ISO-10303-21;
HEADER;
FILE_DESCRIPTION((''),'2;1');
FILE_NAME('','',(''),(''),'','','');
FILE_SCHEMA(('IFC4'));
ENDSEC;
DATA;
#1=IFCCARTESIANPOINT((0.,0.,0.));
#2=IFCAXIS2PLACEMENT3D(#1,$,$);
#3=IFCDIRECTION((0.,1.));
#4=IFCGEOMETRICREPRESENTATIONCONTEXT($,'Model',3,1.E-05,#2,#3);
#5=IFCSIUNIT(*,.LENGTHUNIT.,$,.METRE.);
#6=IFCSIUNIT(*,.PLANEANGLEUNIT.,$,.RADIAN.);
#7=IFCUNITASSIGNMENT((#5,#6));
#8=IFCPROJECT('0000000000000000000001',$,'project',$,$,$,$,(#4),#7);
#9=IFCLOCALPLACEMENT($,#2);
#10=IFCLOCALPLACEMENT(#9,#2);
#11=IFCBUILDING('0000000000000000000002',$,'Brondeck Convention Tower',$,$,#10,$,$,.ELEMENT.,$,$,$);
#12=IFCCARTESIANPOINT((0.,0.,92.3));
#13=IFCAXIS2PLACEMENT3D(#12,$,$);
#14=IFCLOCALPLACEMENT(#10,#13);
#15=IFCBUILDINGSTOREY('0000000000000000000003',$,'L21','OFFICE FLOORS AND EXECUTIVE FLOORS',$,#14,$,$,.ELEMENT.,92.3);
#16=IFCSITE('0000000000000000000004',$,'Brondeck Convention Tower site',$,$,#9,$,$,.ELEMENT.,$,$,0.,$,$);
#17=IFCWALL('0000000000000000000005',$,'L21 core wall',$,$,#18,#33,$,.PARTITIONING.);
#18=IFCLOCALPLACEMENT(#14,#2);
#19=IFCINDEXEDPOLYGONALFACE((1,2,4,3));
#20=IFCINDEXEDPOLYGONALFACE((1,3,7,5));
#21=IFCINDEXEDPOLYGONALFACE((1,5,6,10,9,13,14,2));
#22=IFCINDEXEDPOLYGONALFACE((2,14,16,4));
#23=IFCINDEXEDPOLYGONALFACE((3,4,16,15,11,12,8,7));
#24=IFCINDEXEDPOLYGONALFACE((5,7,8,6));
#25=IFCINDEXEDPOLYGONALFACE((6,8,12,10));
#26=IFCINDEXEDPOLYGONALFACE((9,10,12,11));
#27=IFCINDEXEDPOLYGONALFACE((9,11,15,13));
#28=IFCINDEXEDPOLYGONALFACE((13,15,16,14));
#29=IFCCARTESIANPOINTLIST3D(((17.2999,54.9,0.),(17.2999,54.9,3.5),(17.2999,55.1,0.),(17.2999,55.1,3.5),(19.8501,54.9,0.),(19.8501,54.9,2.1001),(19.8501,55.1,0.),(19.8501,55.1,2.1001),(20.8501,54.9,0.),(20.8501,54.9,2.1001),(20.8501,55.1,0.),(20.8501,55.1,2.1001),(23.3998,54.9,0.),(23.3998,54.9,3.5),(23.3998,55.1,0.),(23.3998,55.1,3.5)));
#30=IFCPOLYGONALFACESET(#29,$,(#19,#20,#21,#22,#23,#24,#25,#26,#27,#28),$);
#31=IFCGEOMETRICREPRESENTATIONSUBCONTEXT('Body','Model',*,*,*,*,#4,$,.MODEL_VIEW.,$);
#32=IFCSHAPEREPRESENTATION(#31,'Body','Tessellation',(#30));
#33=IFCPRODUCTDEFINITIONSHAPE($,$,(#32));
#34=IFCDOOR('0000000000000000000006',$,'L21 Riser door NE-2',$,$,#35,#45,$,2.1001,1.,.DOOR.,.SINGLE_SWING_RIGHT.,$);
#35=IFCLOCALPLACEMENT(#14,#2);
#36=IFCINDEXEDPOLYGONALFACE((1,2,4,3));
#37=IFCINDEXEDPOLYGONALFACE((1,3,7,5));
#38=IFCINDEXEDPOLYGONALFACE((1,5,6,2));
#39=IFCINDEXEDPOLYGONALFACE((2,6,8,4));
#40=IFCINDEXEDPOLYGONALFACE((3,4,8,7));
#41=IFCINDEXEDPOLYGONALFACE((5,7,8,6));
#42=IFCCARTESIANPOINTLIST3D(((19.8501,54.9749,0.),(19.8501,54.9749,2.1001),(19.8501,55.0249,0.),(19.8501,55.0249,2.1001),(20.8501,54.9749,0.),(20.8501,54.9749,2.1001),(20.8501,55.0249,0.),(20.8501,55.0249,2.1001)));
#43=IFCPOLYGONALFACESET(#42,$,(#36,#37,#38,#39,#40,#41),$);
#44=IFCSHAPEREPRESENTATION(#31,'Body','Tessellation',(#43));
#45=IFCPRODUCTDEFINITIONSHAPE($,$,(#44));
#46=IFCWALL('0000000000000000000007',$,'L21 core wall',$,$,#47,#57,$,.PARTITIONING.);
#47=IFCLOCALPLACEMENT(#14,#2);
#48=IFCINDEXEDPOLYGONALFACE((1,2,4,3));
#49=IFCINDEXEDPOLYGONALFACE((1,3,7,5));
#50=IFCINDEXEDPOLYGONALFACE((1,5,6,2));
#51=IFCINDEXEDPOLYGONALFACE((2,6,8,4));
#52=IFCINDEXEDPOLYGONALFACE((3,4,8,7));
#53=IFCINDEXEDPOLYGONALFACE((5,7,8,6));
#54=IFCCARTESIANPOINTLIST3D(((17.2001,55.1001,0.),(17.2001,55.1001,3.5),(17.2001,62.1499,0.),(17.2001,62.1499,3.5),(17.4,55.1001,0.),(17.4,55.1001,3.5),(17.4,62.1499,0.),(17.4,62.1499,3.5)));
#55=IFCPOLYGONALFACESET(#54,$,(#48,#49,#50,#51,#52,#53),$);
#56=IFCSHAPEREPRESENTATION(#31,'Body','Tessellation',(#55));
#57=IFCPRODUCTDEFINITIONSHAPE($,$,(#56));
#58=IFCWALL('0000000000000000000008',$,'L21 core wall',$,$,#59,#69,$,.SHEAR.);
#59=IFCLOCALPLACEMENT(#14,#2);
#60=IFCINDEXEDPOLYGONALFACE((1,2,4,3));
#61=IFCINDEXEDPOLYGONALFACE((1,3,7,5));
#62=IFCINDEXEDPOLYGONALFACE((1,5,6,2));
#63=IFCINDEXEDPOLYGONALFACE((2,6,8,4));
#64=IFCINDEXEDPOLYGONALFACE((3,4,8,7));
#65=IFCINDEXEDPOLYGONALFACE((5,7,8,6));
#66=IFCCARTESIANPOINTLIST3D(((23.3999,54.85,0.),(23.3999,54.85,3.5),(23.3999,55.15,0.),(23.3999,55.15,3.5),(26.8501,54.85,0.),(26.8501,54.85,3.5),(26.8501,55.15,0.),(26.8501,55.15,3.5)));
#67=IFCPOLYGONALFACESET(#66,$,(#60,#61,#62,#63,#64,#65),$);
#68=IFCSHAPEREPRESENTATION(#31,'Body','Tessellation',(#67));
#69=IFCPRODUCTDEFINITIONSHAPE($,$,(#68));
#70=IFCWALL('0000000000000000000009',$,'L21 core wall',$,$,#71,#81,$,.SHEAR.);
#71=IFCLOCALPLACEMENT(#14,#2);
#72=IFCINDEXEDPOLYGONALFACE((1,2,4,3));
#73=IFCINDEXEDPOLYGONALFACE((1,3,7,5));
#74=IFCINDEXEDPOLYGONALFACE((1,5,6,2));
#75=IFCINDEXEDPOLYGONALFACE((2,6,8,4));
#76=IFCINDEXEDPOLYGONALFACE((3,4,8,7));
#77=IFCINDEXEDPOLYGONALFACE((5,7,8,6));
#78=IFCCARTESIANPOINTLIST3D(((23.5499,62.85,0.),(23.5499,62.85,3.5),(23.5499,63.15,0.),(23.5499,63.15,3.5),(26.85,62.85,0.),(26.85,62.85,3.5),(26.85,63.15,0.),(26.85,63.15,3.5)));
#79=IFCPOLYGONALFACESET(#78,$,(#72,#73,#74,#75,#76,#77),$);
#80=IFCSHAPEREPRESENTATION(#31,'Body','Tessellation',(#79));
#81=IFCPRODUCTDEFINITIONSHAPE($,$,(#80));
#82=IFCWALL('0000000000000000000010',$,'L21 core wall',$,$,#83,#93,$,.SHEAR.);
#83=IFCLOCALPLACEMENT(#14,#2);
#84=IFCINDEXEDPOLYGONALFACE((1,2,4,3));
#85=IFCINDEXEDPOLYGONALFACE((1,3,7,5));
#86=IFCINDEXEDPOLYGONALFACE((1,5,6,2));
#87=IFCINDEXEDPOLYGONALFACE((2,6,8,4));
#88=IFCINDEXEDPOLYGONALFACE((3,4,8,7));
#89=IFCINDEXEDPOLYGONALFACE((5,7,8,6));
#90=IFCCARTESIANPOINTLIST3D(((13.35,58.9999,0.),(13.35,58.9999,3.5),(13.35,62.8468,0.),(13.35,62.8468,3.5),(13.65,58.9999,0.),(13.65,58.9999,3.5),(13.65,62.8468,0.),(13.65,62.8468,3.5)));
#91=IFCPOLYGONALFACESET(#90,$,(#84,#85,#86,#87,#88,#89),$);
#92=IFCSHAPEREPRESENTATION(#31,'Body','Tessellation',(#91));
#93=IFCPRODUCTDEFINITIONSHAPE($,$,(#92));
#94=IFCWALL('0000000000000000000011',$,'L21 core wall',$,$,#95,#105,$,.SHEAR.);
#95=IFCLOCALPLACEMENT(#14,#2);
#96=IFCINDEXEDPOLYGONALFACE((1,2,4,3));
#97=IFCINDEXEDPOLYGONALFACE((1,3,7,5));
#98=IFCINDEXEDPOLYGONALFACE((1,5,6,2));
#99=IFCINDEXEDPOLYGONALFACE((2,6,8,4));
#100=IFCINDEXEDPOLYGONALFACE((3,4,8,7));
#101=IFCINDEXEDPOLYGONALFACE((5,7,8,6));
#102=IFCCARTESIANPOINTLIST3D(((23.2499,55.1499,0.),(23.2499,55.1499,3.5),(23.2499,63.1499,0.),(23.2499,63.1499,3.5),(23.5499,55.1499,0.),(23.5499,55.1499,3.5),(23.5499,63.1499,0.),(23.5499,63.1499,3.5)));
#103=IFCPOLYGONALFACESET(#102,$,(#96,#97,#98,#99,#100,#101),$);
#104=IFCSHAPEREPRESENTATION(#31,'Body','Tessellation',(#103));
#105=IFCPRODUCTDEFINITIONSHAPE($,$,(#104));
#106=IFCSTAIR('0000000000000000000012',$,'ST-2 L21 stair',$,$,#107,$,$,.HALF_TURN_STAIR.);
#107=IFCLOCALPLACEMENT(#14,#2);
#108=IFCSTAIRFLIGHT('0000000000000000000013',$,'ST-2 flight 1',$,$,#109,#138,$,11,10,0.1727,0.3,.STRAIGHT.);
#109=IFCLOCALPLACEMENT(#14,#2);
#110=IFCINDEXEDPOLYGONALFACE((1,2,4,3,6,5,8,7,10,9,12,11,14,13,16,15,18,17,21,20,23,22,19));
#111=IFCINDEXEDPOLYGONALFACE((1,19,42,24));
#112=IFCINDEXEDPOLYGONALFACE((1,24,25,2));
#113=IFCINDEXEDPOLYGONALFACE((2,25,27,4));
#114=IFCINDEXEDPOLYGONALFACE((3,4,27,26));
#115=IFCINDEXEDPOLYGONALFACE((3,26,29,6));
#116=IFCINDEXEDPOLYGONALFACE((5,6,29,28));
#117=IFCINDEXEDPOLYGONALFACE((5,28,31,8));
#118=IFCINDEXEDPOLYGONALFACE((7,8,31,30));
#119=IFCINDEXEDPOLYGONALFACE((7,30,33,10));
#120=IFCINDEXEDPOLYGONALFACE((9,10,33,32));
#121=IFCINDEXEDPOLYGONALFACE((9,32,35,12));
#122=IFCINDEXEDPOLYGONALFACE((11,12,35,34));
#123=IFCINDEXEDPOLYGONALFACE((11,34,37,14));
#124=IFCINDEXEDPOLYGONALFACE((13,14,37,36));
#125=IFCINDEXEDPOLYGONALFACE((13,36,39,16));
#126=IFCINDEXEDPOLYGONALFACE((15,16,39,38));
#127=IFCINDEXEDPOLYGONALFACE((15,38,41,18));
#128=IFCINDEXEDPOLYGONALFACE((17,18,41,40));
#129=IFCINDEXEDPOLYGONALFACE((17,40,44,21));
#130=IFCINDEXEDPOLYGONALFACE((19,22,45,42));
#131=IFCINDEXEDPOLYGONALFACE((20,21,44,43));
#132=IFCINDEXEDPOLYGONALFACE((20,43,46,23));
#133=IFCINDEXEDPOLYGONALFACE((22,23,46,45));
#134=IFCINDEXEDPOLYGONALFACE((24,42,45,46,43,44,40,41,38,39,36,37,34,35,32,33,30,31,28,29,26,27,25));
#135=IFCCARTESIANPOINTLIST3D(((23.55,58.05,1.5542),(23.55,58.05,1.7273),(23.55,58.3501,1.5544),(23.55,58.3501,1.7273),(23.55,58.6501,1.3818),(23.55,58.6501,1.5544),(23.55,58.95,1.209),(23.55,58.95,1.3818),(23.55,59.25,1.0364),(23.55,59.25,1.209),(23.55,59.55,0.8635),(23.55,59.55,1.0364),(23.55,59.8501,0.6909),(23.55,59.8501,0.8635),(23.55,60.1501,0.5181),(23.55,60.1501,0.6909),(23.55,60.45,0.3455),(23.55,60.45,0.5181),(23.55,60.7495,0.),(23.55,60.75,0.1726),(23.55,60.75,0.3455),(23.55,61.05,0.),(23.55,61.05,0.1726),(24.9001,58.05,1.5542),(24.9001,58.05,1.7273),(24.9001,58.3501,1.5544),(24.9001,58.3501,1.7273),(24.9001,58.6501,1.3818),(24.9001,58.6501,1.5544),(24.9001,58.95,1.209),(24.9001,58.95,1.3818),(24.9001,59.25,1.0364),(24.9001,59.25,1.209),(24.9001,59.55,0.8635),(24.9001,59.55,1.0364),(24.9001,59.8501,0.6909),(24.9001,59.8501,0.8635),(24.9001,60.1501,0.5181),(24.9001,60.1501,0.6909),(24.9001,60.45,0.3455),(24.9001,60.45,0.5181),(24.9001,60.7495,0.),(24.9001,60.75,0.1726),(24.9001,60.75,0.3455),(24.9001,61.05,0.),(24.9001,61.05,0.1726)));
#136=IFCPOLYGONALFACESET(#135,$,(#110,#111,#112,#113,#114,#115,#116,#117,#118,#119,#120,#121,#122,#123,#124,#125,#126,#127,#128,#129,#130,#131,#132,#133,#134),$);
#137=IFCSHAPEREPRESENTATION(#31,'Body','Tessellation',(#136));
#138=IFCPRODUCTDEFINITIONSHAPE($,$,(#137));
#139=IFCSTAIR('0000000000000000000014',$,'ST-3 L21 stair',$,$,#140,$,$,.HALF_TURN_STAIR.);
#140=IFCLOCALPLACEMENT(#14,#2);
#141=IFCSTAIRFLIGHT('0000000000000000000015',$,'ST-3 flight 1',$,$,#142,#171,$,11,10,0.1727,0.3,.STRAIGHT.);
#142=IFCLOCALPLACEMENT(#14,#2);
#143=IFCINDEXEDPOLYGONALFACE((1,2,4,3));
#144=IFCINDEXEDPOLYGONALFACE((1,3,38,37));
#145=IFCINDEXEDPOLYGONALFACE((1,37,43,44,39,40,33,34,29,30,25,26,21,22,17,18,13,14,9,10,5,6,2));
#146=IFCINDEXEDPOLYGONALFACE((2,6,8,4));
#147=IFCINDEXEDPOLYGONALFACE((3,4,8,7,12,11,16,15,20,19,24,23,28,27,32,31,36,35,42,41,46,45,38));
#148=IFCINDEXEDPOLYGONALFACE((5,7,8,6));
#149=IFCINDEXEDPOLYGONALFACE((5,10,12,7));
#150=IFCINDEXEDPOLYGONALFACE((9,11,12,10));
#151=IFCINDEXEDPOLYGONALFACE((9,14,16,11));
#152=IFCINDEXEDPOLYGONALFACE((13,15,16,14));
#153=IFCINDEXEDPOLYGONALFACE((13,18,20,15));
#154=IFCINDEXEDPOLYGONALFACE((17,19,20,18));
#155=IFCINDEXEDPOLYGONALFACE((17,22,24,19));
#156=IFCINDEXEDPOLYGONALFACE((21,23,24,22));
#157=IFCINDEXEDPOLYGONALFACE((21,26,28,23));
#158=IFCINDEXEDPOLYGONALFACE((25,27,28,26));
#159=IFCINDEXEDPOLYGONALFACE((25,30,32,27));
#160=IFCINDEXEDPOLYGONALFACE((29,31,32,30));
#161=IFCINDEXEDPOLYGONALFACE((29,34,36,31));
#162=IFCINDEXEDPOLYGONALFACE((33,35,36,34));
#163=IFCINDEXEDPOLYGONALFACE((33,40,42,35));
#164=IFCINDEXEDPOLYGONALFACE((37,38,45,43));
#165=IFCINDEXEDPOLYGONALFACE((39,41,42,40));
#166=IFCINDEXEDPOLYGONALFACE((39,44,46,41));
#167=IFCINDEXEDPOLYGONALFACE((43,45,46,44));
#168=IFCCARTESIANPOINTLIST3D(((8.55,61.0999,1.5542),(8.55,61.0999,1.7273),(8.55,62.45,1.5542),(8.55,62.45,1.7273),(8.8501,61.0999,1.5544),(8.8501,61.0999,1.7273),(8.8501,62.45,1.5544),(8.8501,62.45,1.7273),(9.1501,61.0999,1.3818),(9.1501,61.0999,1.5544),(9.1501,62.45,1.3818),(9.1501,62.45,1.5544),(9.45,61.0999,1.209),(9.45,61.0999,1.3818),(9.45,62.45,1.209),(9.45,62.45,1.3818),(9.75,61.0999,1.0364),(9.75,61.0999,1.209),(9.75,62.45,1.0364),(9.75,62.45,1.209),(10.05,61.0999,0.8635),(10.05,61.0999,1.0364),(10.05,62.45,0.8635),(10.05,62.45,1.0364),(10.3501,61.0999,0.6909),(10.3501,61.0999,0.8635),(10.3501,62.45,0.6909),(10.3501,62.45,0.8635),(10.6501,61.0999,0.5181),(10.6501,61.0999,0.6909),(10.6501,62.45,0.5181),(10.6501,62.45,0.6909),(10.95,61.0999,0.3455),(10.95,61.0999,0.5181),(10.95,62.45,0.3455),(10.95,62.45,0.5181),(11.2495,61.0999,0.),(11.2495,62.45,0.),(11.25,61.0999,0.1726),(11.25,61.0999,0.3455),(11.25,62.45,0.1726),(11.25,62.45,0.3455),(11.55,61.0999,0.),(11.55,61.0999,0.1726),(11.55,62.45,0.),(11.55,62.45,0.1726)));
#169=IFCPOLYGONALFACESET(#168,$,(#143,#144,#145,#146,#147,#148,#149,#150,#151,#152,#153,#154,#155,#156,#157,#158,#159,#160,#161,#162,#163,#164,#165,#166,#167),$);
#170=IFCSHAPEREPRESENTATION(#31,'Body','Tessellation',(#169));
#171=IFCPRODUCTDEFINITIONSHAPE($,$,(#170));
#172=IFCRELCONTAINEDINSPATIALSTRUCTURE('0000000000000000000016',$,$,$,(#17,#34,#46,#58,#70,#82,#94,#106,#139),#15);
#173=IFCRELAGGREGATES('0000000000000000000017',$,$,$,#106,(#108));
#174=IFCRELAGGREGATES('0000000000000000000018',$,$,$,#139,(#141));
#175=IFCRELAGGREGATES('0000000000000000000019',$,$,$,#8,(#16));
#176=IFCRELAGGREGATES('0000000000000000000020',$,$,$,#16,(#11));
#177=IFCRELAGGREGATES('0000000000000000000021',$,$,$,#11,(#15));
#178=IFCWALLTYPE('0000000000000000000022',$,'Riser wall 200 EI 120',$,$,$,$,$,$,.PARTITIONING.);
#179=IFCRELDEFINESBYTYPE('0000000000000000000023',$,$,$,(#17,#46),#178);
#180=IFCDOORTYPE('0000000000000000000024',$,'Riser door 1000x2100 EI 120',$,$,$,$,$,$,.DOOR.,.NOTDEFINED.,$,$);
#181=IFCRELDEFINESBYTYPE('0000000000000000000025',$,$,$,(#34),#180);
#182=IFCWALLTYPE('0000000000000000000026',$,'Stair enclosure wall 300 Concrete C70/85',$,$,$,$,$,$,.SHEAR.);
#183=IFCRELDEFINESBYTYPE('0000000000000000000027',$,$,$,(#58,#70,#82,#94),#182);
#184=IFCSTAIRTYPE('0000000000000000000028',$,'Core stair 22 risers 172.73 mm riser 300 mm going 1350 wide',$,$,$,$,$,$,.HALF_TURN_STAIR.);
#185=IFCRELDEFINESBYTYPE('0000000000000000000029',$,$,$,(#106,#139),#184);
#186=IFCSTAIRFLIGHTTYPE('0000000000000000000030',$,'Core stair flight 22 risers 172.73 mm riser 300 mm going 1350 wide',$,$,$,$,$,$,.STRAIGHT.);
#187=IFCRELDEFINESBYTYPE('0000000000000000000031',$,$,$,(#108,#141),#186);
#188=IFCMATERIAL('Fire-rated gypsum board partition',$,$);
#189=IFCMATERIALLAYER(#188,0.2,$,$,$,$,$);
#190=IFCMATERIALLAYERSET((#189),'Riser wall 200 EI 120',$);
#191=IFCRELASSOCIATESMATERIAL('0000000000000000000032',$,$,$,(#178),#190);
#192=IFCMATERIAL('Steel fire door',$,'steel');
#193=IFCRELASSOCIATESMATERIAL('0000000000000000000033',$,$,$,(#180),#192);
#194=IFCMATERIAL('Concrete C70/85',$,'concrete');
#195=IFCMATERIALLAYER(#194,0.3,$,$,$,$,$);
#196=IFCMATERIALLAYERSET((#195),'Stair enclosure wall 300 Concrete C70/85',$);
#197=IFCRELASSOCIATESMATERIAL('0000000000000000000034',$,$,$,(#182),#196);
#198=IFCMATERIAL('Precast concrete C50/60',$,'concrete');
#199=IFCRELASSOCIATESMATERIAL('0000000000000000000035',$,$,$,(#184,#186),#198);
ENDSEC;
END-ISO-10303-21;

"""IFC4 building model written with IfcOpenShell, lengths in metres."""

from ifc_helpers import new_model, si_unit, direction, frame, frame_2d, origin, place, context, subcontext, project, spatial, polyline, rectangle, outline, extrude, material, layer, layer_set, type_object, element, fill, aggregate, save


model = new_model("IFC4")

# Units and contexts
model_context = context("Model", 3, precision=1e-05, world=origin(), true_north=direction((0.0, 1.0)))
body_context = subcontext(model_context, "Body", "Model", "MODEL_VIEW")
ifc_project = project(units=[si_unit("LENGTHUNIT", "METRE"), si_unit("PLANEANGLEUNIT", "RADIAN")], contexts=[model_context])

# Site, building, storey
site_placement = place(None, origin())
site = spatial("IfcSite", under=ifc_project, at=site_placement, Name="Brondeck Convention Tower site", CompositionType="ELEMENT", RefElevation=0.0)
building_placement = place(site_placement, origin())
building = spatial("IfcBuilding", under=site, at=building_placement, Name="Brondeck Convention Tower", CompositionType="ELEMENT")
storey_placement = place(building_placement, frame((0.0, 0.0, 92.3)))
storey = spatial("IfcBuildingStorey", under=building, at=storey_placement, Name="L21", Description="OFFICE FLOORS AND EXECUTIVE FLOORS", CompositionType="ELEMENT", Elevation=92.3)

# Shared definitions
ifc_material_1 = material(Name="Concrete C70/85", Category="concrete")

# Shared definitions
ifc_material_2 = material(Name="Fire-rated gypsum board partition")
ifc_material_3 = material(Name="Steel fire door", Category="steel")

# Shared definitions
ifc_layer_1 = layer(ifc_material_2, 0.2)
ifc_layer_set_1 = layer_set([ifc_layer_1], Name="Riser wall 200 EI 120")
wall_type_1 = type_object("IfcWallType", Name="Riser wall 200 EI 120", PredefinedType="PARTITIONING", material=ifc_layer_set_1)

# Wall, opening, door
wall_1_placement = place(storey_placement, frame((17.3, 55.0, 0.0), z_axis=(0.0, 0.0, 1.0), x_axis=(1.0, 0.0, 0.0)))
wall_1 = element("IfcWall", 1, at=wall_1_placement, inside=storey, type_object=wall_type_1, Name="L21 core wall", PredefinedType="PARTITIONING", context=body_context, shape_type="SweptSolid", body=[
    extrude(rectangle(XDim=6.0999, YDim=0.2, at=frame_2d((3.0498, 0.0))), origin(), (0.0, 0.0, 1.0), 3.5),
])
opening_1_placement = place(wall_1_placement, frame((2.55, 0.0, 0.0)))
opening_1 = element("IfcOpeningElement", 2, at=opening_1_placement, cuts=wall_1, PredefinedType="OPENING", context=body_context, shape_type="SweptSolid", body=[
    extrude(rectangle(XDim=1.0, YDim=2.1001, at=frame_2d((0.5, 1.05))), frame((0.0, 0.1099, 0.0), z_axis=(0.0, -1.0, 0.0), x_axis=(1.0, 0.0, 0.0)), (0.0, 0.0, 1.0), 0.22),
])
door_type_1 = type_object("IfcDoorType", Name="Riser door 1000x2100 EI 120", OperationType="NOTDEFINED", PredefinedType="DOOR", material=ifc_material_3)
door_1_placement = place(opening_1_placement, origin())
door_1 = element("IfcDoor", 3, at=door_1_placement, inside=storey, type_object=door_type_1, Name="L21 Riser door NE-2", OperationType="SINGLE_SWING_RIGHT", OverallHeight=2.1001, OverallWidth=1.0, PredefinedType="DOOR", context=body_context, shape_type="SweptSolid", body=[
    extrude(rectangle(XDim=1.0, YDim=2.1001, at=frame_2d((0.5, 1.05))), frame((0.0, 0.0249, 0.0), z_axis=(0.0, -1.0, 0.0), x_axis=(1.0, 0.0, 0.0)), (0.0, 0.0, 1.0), 0.05),
])
fill(opening_1, door_1)

# Walls
wall_2_placement = place(storey_placement, frame((17.3, 55.1001, 0.0), z_axis=(0.0, 0.0, 1.0), x_axis=(0.0, 1.0, 0.0)))
element("IfcWall", 4, at=wall_2_placement, inside=storey, type_object=wall_type_1, Name="L21 core wall", PredefinedType="PARTITIONING", context=body_context, shape_type="SweptSolid", body=[
    extrude(rectangle(XDim=7.0498, YDim=0.2, at=frame_2d((3.5249, 0.0))), origin(), (0.0, 0.0, 1.0), 3.5),
])
ifc_layer_2 = layer(ifc_material_1, 0.3)
ifc_layer_set_2 = layer_set([ifc_layer_2], Name="Stair enclosure wall 300 Concrete C70/85")
wall_type_2 = type_object("IfcWallType", Name="Stair enclosure wall 300 Concrete C70/85", PredefinedType="SHEAR", material=ifc_layer_set_2)
wall_3_placement = place(storey_placement, frame((23.3999, 55.0, 0.0), z_axis=(0.0, 0.0, 1.0), x_axis=(1.0, 0.0, 0.0)))
element("IfcWall", 5, at=wall_3_placement, inside=storey, type_object=wall_type_2, Name="L21 core wall", PredefinedType="SHEAR", context=body_context, shape_type="SweptSolid", body=[
    extrude(rectangle(XDim=3.4502, YDim=0.3, at=frame_2d((1.7251, 0.0))), origin(), (0.0, 0.0, 1.0), 3.5),
])
wall_4_placement = place(storey_placement, frame((23.55, 63.0, 0.0), z_axis=(0.0, 0.0, 1.0), x_axis=(1.0, 0.0, 0.0)))
element("IfcWall", 6, at=wall_4_placement, inside=storey, type_object=wall_type_2, Name="L21 core wall", PredefinedType="SHEAR", context=body_context, shape_type="SweptSolid", body=[
    extrude(rectangle(XDim=3.3, YDim=0.3, at=frame_2d((1.6499, 0.0))), origin(), (0.0, 0.0, 1.0), 3.5),
])
wall_5_placement = place(storey_placement, frame((13.5, 59.0, 0.0), z_axis=(0.0, 0.0, 1.0), x_axis=(0.0, 1.0, 0.0)))
element("IfcWall", 7, at=wall_5_placement, inside=storey, type_object=wall_type_2, Name="L21 core wall", PredefinedType="SHEAR", context=body_context, shape_type="SweptSolid", body=[
    extrude(rectangle(XDim=3.8469, YDim=0.3, at=frame_2d((1.9233, 0.0))), origin(), (0.0, 0.0, 1.0), 3.5),
])
wall_6_placement = place(storey_placement, frame((23.3999, 55.1499, 0.0), z_axis=(0.0, 0.0, 1.0), x_axis=(0.0, 1.0, 0.0)))
element("IfcWall", 8, at=wall_6_placement, inside=storey, type_object=wall_type_2, Name="L21 core wall", PredefinedType="SHEAR", context=body_context, shape_type="SweptSolid", body=[
    extrude(rectangle(XDim=8.0, YDim=0.3, at=frame_2d((4.0, 0.0))), origin(), (0.0, 0.0, 1.0), 3.5),
])

# Stair, stair flight
ifc_material_4 = material(Name="Precast concrete C50/60", Category="concrete")
stair_type = type_object("IfcStairType", Name="Core stair 22 risers 172.73 mm riser 300 mm going 1350 wide", PredefinedType="HALF_TURN_STAIR", material=ifc_material_4)
stair_1_placement = place(storey_placement, origin())
stair_1 = element("IfcStair", 9, at=stair_1_placement, inside=storey, type_object=stair_type, Name="ST-2 L21 stair", PredefinedType="HALF_TURN_STAIR")
stair_flight_type = type_object("IfcStairFlightType", Name="Core stair flight 22 risers 172.73 mm riser 300 mm going 1350 wide", PredefinedType="STRAIGHT", material=ifc_material_4)
stair_flight_1_placement = place(storey_placement, frame((24.2251, 61.05, 0.0), z_axis=(0.0, 0.0, 1.0), x_axis=(0.0, -1.0, 0.0)))
stair_flight_1 = element("IfcStairFlight", 10, at=stair_flight_1_placement, type_object=stair_flight_type, Name="ST-2 flight 1", NumberOfRisers=11, NumberOfTreads=10, PredefinedType="STRAIGHT", RiserHeight=0.1727, TreadLength=0.3, context=body_context, shape_type="SweptSolid", body=[
    extrude(outline(polyline([(0.0, 0.0), (0.0, 0.1726), (0.3, 0.1726), (0.3, 0.3455), (0.6001, 0.3455), (0.6001, 0.5181), (0.8999, 0.5181), (0.8999, 0.6909), (1.2, 0.6909), (1.2, 0.8635), (1.5, 0.8635), (1.5, 1.0364), (1.8, 1.0364), (1.8, 1.209), (2.1001, 1.209), (2.1001, 1.3818), (2.3999, 1.3818), (2.3999, 1.5544), (2.7, 1.5544), (2.7, 1.7273), (3.0, 1.7273), (3.0, 1.8999), (3.0, 1.5542), (0.3005, 0.0), (0.0, 0.0)])), frame((0.0, 0.675, 0.0), z_axis=(0.0, -1.0, 0.0), x_axis=(1.0, 0.0, 0.0)), (0.0, 0.0, 1.0), 1.3501),
])
aggregate(stair_1, [stair_flight_1])

# Stair, stair flight
stair_2_placement = place(storey_placement, origin())
stair_2 = element("IfcStair", 11, at=stair_2_placement, inside=storey, type_object=stair_type, Name="ST-3 L21 stair", PredefinedType="HALF_TURN_STAIR")
stair_flight_2_placement = place(storey_placement, frame((11.55, 61.7749, 0.0), z_axis=(0.0, 0.0, 1.0), x_axis=(-1.0, 0.0, 0.0)))
stair_flight_2 = element("IfcStairFlight", 12, at=stair_flight_2_placement, type_object=stair_flight_type, Name="ST-3 flight 1", NumberOfRisers=11, NumberOfTreads=10, PredefinedType="STRAIGHT", RiserHeight=0.1727, TreadLength=0.3, context=body_context, shape_type="SweptSolid", body=[
    extrude(outline(polyline([(0.0, 0.0), (0.0, 0.1726), (0.3, 0.1726), (0.3, 0.3455), (0.6001, 0.3455), (0.6001, 0.5181), (0.8999, 0.5181), (0.8999, 0.6909), (1.2, 0.6909), (1.2, 0.8635), (1.5, 0.8635), (1.5, 1.0364), (1.8, 1.0364), (1.8, 1.209), (2.1001, 1.209), (2.1001, 1.3818), (2.3999, 1.3818), (2.3999, 1.5544), (2.7, 1.5544), (2.7, 1.7273), (3.0, 1.7273), (3.0, 1.8999), (3.0, 1.5542), (0.3005, 0.0), (0.0, 0.0)])), frame((0.0, 0.675, 0.0), z_axis=(0.0, -1.0, 0.0), x_axis=(1.0, 0.0, 0.0)), (0.0, 0.0, 1.0), 1.3501),
])
aggregate(stair_2, [stair_flight_2])

save(model, "model.ifc")
